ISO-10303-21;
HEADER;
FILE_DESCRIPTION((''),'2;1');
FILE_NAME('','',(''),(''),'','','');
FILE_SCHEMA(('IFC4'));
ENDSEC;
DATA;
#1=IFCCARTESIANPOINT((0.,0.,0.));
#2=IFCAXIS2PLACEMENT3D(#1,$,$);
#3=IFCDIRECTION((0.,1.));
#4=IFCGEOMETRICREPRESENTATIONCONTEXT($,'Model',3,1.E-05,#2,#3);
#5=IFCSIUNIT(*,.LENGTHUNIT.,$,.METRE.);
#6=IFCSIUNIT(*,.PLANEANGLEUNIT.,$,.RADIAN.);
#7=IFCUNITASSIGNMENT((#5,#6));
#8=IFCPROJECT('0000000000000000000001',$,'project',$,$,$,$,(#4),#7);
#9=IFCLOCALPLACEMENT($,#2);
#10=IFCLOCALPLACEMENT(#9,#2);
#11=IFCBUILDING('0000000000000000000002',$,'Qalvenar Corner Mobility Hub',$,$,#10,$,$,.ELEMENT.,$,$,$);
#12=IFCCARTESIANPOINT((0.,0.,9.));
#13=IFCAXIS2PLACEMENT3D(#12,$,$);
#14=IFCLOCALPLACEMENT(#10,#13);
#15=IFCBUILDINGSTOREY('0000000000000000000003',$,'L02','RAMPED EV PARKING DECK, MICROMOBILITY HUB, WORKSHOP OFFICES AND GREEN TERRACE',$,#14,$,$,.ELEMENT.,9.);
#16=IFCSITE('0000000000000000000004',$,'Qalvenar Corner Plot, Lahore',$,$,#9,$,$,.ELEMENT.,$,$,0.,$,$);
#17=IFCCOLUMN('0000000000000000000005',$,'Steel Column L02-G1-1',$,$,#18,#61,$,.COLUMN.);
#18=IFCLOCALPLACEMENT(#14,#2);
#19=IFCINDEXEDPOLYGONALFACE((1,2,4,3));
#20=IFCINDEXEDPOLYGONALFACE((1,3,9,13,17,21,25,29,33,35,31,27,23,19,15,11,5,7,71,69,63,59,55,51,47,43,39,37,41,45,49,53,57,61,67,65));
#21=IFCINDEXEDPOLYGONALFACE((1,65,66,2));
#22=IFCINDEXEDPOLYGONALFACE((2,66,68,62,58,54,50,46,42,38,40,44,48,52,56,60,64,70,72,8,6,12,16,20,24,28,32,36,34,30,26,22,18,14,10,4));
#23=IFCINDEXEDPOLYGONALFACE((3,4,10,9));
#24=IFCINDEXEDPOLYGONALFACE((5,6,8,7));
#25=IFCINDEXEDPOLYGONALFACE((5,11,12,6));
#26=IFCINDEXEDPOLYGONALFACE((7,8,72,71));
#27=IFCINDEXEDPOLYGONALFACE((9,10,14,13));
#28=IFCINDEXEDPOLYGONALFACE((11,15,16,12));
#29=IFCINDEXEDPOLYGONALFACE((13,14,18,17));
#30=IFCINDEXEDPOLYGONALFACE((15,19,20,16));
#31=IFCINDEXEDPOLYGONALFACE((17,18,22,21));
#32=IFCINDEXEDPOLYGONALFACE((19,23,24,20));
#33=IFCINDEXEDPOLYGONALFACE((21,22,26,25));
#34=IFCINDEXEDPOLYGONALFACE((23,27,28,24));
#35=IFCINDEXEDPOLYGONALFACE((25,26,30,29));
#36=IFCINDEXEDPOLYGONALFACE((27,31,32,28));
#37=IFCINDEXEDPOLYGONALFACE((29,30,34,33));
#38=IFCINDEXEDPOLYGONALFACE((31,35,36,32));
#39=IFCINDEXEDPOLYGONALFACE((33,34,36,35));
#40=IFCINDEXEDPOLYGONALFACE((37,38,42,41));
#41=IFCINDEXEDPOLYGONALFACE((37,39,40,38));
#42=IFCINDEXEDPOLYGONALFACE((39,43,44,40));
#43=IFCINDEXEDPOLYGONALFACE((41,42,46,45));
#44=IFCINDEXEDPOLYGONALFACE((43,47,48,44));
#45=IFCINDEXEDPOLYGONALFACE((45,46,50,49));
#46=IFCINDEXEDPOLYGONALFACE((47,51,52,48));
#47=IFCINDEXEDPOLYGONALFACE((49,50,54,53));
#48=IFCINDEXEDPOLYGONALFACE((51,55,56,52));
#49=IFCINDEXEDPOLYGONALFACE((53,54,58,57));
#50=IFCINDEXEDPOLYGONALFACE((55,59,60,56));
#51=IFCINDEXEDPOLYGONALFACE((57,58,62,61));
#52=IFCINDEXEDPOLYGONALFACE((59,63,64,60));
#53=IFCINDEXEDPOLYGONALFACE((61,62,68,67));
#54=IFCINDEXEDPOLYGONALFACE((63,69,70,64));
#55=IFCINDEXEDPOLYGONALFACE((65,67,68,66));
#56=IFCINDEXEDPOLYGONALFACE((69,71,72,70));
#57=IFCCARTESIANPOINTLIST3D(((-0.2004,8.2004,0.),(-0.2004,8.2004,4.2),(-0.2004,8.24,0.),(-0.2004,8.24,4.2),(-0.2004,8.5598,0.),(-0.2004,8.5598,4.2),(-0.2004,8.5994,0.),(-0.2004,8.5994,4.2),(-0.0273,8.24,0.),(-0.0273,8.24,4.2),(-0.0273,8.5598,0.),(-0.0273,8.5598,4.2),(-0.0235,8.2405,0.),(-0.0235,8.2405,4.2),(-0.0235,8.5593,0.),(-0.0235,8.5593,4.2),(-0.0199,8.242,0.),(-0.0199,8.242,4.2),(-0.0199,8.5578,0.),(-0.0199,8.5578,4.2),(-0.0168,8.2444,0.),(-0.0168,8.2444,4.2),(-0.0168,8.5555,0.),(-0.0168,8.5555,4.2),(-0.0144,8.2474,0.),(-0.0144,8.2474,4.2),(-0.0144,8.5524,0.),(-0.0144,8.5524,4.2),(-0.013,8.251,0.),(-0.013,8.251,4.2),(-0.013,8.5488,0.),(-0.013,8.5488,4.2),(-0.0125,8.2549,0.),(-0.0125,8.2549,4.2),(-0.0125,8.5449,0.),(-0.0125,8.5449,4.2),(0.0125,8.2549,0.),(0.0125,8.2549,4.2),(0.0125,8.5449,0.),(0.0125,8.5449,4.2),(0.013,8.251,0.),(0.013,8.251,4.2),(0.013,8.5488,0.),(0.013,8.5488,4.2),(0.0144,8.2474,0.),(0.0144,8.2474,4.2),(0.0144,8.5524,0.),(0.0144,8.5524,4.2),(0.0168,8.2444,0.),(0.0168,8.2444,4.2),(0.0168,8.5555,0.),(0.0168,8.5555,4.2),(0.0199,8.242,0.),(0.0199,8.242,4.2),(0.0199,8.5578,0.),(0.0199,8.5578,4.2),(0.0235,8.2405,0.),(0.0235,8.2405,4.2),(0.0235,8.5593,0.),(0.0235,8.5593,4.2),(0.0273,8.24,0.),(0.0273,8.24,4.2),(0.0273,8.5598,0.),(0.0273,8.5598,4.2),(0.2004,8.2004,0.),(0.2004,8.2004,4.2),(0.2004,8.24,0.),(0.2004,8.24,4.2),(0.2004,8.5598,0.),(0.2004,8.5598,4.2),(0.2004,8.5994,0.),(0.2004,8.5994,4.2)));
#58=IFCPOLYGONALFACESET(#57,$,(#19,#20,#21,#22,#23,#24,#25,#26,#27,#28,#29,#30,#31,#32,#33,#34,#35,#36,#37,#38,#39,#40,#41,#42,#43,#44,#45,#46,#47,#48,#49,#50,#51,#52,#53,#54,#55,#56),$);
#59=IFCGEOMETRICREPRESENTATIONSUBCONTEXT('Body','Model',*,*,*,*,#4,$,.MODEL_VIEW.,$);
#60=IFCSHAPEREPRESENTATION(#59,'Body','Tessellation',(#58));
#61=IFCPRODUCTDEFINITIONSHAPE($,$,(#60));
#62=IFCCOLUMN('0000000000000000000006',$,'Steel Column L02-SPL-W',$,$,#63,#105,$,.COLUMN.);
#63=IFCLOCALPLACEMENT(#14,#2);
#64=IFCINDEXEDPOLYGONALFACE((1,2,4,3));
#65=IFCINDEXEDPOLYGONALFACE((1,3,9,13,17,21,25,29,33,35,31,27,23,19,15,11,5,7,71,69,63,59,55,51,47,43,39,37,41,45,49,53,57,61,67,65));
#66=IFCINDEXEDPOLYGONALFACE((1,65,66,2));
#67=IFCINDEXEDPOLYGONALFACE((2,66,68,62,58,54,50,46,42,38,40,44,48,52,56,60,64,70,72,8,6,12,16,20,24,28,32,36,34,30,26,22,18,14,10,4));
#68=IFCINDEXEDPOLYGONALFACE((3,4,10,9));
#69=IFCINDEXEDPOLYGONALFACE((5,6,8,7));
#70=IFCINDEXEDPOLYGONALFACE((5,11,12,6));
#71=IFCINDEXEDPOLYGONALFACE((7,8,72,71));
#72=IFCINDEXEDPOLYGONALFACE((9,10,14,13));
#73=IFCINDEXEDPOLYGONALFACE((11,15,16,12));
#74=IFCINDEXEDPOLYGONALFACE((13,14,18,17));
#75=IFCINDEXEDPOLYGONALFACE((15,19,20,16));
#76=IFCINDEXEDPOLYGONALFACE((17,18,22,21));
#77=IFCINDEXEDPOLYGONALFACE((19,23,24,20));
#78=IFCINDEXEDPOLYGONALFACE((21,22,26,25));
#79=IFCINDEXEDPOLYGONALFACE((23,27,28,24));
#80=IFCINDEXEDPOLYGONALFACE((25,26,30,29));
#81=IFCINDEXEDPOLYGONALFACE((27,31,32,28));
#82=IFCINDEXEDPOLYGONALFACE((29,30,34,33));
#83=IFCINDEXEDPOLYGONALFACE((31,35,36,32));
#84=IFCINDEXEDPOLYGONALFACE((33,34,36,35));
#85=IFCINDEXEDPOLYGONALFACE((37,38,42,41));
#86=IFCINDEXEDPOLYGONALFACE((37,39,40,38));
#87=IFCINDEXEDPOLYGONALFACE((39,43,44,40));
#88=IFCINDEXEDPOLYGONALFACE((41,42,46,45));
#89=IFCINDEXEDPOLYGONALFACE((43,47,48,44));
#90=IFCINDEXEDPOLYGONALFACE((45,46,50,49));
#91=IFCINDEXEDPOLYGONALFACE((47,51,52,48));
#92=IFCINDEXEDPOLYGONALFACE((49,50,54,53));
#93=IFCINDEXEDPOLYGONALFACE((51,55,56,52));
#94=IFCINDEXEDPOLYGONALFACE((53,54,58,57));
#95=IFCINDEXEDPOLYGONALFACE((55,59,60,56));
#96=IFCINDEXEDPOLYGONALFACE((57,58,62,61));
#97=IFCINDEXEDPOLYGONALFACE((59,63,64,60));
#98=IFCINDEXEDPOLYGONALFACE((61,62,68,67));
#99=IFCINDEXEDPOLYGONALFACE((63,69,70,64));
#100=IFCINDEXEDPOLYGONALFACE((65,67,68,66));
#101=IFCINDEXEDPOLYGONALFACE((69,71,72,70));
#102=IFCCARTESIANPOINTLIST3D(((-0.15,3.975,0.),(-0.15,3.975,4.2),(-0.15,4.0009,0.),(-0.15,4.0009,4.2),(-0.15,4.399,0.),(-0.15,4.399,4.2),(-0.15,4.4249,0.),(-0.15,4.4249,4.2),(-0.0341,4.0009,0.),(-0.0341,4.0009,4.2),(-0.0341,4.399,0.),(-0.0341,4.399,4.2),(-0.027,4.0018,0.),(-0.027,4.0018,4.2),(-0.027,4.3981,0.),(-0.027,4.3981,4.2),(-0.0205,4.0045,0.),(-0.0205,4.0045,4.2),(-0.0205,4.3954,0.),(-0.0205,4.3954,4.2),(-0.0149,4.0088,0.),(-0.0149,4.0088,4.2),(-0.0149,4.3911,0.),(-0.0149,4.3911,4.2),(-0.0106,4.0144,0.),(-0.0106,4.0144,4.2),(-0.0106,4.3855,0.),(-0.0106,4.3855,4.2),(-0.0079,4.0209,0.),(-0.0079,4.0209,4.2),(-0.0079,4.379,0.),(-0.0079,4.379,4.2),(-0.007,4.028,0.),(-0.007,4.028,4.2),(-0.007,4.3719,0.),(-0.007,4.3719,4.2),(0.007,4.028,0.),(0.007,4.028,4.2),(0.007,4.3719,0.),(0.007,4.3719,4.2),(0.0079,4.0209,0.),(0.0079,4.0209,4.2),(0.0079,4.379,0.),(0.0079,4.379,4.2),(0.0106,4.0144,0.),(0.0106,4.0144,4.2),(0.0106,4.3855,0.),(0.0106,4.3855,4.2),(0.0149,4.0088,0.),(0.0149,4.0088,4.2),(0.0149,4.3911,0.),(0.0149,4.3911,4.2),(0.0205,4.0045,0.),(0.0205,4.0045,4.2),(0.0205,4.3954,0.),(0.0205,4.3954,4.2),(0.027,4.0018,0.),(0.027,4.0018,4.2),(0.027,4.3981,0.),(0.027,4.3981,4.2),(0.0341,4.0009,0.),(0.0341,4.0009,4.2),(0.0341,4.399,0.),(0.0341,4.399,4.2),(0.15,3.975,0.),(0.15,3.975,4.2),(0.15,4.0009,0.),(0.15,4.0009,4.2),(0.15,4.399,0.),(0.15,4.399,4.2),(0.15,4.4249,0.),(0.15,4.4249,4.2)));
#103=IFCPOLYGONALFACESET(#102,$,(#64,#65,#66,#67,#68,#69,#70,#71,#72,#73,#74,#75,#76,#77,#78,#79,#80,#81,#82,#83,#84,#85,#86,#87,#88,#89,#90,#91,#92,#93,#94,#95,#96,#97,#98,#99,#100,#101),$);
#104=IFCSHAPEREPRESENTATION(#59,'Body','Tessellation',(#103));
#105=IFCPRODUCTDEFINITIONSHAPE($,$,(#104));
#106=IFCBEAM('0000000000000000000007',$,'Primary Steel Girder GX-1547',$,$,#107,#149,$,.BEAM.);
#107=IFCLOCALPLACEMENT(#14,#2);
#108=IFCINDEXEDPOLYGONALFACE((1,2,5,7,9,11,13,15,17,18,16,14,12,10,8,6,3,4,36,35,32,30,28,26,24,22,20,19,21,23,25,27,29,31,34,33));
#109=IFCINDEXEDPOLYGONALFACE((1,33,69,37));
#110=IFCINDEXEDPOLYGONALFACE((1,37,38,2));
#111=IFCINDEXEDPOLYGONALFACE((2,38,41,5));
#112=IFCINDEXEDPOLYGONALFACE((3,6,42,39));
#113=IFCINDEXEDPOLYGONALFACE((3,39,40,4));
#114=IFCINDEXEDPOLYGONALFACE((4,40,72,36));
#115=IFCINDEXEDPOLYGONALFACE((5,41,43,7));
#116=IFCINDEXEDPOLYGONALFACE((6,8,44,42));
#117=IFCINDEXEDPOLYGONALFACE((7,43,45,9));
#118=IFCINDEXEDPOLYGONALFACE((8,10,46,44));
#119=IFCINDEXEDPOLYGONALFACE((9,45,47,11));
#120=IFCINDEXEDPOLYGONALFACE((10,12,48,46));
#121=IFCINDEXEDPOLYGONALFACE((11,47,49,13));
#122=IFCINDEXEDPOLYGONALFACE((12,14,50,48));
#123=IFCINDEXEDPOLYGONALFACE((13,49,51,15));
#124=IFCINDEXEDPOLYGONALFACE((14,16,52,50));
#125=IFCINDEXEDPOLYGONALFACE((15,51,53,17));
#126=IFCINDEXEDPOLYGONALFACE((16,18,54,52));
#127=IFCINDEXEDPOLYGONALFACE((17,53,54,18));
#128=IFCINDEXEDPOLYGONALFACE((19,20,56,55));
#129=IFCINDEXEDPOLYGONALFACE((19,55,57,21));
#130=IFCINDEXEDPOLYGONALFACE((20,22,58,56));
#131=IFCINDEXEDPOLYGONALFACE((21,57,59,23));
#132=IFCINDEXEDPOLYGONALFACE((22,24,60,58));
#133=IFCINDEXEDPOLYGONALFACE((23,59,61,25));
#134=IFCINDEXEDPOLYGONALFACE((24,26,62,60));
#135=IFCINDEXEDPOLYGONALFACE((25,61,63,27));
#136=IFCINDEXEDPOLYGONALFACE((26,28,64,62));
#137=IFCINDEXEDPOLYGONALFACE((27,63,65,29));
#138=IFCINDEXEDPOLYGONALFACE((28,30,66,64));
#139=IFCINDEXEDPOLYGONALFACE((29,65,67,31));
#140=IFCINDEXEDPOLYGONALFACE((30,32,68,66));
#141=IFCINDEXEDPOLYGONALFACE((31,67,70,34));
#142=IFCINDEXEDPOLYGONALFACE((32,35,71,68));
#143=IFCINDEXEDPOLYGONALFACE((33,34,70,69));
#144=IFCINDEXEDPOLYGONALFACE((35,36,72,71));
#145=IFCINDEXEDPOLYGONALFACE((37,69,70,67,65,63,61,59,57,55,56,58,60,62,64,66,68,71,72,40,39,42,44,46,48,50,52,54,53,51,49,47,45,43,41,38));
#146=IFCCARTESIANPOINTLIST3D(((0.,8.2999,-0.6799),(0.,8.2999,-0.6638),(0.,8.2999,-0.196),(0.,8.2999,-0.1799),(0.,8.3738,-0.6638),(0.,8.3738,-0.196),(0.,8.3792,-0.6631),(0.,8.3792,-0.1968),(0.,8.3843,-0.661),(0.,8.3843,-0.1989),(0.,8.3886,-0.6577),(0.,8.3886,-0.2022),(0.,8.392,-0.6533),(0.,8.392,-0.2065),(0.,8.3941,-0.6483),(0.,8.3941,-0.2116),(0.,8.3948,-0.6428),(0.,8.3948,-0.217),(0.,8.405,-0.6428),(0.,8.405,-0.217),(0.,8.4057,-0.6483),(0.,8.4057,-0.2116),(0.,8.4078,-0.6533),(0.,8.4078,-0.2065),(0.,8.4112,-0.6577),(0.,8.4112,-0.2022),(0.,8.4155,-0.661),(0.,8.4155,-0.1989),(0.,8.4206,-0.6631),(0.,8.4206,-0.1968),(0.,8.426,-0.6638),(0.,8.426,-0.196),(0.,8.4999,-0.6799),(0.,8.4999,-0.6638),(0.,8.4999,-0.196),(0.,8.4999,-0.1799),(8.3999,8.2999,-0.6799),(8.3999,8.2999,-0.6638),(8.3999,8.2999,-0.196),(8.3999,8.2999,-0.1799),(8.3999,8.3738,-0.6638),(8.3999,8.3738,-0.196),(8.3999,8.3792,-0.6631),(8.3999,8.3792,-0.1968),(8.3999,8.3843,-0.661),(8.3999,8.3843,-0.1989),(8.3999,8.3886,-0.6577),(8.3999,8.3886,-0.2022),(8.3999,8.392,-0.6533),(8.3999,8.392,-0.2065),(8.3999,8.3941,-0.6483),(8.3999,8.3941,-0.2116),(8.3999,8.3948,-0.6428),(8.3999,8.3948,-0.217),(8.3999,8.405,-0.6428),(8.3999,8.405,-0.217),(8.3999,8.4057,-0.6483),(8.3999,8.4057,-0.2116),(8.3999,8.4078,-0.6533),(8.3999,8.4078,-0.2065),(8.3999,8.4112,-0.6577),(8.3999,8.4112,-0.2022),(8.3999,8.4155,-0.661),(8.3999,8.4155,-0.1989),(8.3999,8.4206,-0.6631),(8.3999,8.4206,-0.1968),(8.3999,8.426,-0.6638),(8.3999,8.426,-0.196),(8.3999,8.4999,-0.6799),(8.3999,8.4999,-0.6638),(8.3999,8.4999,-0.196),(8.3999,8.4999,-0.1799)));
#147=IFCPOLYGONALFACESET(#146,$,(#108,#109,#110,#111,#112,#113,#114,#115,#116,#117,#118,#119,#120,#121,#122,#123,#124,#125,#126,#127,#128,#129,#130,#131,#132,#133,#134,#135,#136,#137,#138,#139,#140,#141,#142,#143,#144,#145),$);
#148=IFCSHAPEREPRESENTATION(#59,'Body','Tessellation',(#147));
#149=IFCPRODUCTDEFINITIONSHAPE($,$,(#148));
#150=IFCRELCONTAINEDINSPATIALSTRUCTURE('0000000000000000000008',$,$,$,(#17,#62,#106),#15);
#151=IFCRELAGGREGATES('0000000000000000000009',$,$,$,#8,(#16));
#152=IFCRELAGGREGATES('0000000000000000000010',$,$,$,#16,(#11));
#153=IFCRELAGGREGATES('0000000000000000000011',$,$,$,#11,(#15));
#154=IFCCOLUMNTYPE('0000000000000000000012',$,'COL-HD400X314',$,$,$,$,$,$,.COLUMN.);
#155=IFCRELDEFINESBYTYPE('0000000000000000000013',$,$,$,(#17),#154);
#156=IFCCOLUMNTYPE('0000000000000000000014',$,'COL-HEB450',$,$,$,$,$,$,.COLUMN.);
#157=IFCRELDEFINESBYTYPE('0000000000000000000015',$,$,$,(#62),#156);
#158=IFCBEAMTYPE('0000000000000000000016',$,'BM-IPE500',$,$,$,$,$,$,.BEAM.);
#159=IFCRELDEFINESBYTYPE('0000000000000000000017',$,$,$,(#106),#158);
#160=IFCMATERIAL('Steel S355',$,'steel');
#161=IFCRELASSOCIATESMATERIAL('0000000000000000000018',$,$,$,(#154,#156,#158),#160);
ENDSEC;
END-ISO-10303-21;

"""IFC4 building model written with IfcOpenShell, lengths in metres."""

from ifc_helpers import new_model, si_unit, direction, frame, origin, origin_2d, place, context, subcontext, project, spatial, i_section, extrude, material, material_profile, profile_set, type_object, element, save


model = new_model("IFC4")

# Units and contexts
model_context = context("Model", 3, precision=1e-05, world=origin(), true_north=direction((0.0, 1.0)))
body_context = subcontext(model_context, "Body", "Model", "MODEL_VIEW")
ifc_project = project(units=[si_unit("LENGTHUNIT", "METRE"), si_unit("PLANEANGLEUNIT", "RADIAN")], contexts=[model_context])

# Site, building, storey
site_placement = place(None, origin())
site = spatial("IfcSite", under=ifc_project, at=site_placement, Name="Qalvenar Corner Plot, Lahore", CompositionType="ELEMENT", RefElevation=0.0)
building_placement = place(site_placement, origin())
building = spatial("IfcBuilding", under=site, at=building_placement, Name="Qalvenar Corner Mobility Hub", CompositionType="ELEMENT")
storey_placement = place(building_placement, frame((0.0, 0.0, 9.0)))
storey = spatial("IfcBuildingStorey", under=building, at=storey_placement, Name="L02", Description="RAMPED EV PARKING DECK, MICROMOBILITY HUB, WORKSHOP OFFICES AND GREEN TERRACE", CompositionType="ELEMENT", Elevation=9.0)

# Columns
ifc_material_1 = material(Name="Steel S355", Category="steel")
ifc_material_profile_1 = material_profile(ifc_material_1, i_section(OverallWidth=0.4009, OverallDepth=0.3989, WebThickness=0.0249, FlangeThickness=0.0396, FilletRadius=0.0149, at=origin_2d()), Name="HD400x314")
ifc_profile_set_1 = profile_set([ifc_material_profile_1], Name="Steel S355")
column_type_1 = type_object("IfcColumnType", Name="COL-HD400X314", PredefinedType="COLUMN", material=ifc_profile_set_1)
column_1_placement = place(storey_placement, frame((0.0, 8.3999, 0.0), z_axis=(0.0, 0.0, 1.0), x_axis=(1.0, 0.0, 0.0)))
element("IfcColumn", 1, at=column_1_placement, inside=storey, type_object=column_type_1, Name="Steel Column L02-G1-1", PredefinedType="COLUMN", context=body_context, shape_type="SweptSolid", body=[
    extrude(i_section(OverallWidth=0.4009, OverallDepth=0.3989, WebThickness=0.0249, FlangeThickness=0.0396, FilletRadius=0.0149, at=origin_2d()), origin(), (0.0, 0.0, 1.0), 4.2),
])
ifc_material_profile_2 = material_profile(ifc_material_1, i_section(OverallWidth=0.3, OverallDepth=0.45, WebThickness=0.0139, FlangeThickness=0.0259, FilletRadius=0.0271, at=origin_2d()), Name="HEB450")
ifc_profile_set_2 = profile_set([ifc_material_profile_2], Name="Steel S355")
column_type_2 = type_object("IfcColumnType", Name="COL-HEB450", PredefinedType="COLUMN", material=ifc_profile_set_2)
column_2_placement = place(storey_placement, frame((0.0, 4.2, 0.0), z_axis=(0.0, 0.0, 1.0), x_axis=(1.0, 0.0, 0.0)))
element("IfcColumn", 2, at=column_2_placement, inside=storey, type_object=column_type_2, Name="Steel Column L02-SPL-W", PredefinedType="COLUMN", context=body_context, shape_type="SweptSolid", body=[
    extrude(i_section(OverallWidth=0.3, OverallDepth=0.45, WebThickness=0.0139, FlangeThickness=0.0259, FilletRadius=0.0271, at=origin_2d()), origin(), (0.0, 0.0, 1.0), 4.2),
])

# Beam
ifc_material_profile_3 = material_profile(ifc_material_1, i_section(OverallWidth=0.2, OverallDepth=0.5, WebThickness=0.0103, FlangeThickness=0.0161, FilletRadius=0.021, at=origin_2d()), Name="IPE500")
ifc_profile_set_3 = profile_set([ifc_material_profile_3], Name="Steel S355")
beam_type_1 = type_object("IfcBeamType", Name="BM-IPE500", PredefinedType="BEAM", material=ifc_profile_set_3)
beam_1_placement = place(storey_placement, frame((0.0, 8.3999, -0.4299), z_axis=(1.0, 0.0, 0.0), x_axis=(0.0, 1.0, 0.0)))
element("IfcBeam", 3, at=beam_1_placement, inside=storey, type_object=beam_type_1, Name="Primary Steel Girder GX-1547", PredefinedType="BEAM", context=body_context, shape_type="SweptSolid", body=[
    extrude(i_section(OverallWidth=0.2, OverallDepth=0.5, WebThickness=0.0103, FlangeThickness=0.0161, FilletRadius=0.021, at=origin_2d()), origin(), (0.0, 0.0, 1.0), 8.3999),
])

save(model, "model.ifc")
